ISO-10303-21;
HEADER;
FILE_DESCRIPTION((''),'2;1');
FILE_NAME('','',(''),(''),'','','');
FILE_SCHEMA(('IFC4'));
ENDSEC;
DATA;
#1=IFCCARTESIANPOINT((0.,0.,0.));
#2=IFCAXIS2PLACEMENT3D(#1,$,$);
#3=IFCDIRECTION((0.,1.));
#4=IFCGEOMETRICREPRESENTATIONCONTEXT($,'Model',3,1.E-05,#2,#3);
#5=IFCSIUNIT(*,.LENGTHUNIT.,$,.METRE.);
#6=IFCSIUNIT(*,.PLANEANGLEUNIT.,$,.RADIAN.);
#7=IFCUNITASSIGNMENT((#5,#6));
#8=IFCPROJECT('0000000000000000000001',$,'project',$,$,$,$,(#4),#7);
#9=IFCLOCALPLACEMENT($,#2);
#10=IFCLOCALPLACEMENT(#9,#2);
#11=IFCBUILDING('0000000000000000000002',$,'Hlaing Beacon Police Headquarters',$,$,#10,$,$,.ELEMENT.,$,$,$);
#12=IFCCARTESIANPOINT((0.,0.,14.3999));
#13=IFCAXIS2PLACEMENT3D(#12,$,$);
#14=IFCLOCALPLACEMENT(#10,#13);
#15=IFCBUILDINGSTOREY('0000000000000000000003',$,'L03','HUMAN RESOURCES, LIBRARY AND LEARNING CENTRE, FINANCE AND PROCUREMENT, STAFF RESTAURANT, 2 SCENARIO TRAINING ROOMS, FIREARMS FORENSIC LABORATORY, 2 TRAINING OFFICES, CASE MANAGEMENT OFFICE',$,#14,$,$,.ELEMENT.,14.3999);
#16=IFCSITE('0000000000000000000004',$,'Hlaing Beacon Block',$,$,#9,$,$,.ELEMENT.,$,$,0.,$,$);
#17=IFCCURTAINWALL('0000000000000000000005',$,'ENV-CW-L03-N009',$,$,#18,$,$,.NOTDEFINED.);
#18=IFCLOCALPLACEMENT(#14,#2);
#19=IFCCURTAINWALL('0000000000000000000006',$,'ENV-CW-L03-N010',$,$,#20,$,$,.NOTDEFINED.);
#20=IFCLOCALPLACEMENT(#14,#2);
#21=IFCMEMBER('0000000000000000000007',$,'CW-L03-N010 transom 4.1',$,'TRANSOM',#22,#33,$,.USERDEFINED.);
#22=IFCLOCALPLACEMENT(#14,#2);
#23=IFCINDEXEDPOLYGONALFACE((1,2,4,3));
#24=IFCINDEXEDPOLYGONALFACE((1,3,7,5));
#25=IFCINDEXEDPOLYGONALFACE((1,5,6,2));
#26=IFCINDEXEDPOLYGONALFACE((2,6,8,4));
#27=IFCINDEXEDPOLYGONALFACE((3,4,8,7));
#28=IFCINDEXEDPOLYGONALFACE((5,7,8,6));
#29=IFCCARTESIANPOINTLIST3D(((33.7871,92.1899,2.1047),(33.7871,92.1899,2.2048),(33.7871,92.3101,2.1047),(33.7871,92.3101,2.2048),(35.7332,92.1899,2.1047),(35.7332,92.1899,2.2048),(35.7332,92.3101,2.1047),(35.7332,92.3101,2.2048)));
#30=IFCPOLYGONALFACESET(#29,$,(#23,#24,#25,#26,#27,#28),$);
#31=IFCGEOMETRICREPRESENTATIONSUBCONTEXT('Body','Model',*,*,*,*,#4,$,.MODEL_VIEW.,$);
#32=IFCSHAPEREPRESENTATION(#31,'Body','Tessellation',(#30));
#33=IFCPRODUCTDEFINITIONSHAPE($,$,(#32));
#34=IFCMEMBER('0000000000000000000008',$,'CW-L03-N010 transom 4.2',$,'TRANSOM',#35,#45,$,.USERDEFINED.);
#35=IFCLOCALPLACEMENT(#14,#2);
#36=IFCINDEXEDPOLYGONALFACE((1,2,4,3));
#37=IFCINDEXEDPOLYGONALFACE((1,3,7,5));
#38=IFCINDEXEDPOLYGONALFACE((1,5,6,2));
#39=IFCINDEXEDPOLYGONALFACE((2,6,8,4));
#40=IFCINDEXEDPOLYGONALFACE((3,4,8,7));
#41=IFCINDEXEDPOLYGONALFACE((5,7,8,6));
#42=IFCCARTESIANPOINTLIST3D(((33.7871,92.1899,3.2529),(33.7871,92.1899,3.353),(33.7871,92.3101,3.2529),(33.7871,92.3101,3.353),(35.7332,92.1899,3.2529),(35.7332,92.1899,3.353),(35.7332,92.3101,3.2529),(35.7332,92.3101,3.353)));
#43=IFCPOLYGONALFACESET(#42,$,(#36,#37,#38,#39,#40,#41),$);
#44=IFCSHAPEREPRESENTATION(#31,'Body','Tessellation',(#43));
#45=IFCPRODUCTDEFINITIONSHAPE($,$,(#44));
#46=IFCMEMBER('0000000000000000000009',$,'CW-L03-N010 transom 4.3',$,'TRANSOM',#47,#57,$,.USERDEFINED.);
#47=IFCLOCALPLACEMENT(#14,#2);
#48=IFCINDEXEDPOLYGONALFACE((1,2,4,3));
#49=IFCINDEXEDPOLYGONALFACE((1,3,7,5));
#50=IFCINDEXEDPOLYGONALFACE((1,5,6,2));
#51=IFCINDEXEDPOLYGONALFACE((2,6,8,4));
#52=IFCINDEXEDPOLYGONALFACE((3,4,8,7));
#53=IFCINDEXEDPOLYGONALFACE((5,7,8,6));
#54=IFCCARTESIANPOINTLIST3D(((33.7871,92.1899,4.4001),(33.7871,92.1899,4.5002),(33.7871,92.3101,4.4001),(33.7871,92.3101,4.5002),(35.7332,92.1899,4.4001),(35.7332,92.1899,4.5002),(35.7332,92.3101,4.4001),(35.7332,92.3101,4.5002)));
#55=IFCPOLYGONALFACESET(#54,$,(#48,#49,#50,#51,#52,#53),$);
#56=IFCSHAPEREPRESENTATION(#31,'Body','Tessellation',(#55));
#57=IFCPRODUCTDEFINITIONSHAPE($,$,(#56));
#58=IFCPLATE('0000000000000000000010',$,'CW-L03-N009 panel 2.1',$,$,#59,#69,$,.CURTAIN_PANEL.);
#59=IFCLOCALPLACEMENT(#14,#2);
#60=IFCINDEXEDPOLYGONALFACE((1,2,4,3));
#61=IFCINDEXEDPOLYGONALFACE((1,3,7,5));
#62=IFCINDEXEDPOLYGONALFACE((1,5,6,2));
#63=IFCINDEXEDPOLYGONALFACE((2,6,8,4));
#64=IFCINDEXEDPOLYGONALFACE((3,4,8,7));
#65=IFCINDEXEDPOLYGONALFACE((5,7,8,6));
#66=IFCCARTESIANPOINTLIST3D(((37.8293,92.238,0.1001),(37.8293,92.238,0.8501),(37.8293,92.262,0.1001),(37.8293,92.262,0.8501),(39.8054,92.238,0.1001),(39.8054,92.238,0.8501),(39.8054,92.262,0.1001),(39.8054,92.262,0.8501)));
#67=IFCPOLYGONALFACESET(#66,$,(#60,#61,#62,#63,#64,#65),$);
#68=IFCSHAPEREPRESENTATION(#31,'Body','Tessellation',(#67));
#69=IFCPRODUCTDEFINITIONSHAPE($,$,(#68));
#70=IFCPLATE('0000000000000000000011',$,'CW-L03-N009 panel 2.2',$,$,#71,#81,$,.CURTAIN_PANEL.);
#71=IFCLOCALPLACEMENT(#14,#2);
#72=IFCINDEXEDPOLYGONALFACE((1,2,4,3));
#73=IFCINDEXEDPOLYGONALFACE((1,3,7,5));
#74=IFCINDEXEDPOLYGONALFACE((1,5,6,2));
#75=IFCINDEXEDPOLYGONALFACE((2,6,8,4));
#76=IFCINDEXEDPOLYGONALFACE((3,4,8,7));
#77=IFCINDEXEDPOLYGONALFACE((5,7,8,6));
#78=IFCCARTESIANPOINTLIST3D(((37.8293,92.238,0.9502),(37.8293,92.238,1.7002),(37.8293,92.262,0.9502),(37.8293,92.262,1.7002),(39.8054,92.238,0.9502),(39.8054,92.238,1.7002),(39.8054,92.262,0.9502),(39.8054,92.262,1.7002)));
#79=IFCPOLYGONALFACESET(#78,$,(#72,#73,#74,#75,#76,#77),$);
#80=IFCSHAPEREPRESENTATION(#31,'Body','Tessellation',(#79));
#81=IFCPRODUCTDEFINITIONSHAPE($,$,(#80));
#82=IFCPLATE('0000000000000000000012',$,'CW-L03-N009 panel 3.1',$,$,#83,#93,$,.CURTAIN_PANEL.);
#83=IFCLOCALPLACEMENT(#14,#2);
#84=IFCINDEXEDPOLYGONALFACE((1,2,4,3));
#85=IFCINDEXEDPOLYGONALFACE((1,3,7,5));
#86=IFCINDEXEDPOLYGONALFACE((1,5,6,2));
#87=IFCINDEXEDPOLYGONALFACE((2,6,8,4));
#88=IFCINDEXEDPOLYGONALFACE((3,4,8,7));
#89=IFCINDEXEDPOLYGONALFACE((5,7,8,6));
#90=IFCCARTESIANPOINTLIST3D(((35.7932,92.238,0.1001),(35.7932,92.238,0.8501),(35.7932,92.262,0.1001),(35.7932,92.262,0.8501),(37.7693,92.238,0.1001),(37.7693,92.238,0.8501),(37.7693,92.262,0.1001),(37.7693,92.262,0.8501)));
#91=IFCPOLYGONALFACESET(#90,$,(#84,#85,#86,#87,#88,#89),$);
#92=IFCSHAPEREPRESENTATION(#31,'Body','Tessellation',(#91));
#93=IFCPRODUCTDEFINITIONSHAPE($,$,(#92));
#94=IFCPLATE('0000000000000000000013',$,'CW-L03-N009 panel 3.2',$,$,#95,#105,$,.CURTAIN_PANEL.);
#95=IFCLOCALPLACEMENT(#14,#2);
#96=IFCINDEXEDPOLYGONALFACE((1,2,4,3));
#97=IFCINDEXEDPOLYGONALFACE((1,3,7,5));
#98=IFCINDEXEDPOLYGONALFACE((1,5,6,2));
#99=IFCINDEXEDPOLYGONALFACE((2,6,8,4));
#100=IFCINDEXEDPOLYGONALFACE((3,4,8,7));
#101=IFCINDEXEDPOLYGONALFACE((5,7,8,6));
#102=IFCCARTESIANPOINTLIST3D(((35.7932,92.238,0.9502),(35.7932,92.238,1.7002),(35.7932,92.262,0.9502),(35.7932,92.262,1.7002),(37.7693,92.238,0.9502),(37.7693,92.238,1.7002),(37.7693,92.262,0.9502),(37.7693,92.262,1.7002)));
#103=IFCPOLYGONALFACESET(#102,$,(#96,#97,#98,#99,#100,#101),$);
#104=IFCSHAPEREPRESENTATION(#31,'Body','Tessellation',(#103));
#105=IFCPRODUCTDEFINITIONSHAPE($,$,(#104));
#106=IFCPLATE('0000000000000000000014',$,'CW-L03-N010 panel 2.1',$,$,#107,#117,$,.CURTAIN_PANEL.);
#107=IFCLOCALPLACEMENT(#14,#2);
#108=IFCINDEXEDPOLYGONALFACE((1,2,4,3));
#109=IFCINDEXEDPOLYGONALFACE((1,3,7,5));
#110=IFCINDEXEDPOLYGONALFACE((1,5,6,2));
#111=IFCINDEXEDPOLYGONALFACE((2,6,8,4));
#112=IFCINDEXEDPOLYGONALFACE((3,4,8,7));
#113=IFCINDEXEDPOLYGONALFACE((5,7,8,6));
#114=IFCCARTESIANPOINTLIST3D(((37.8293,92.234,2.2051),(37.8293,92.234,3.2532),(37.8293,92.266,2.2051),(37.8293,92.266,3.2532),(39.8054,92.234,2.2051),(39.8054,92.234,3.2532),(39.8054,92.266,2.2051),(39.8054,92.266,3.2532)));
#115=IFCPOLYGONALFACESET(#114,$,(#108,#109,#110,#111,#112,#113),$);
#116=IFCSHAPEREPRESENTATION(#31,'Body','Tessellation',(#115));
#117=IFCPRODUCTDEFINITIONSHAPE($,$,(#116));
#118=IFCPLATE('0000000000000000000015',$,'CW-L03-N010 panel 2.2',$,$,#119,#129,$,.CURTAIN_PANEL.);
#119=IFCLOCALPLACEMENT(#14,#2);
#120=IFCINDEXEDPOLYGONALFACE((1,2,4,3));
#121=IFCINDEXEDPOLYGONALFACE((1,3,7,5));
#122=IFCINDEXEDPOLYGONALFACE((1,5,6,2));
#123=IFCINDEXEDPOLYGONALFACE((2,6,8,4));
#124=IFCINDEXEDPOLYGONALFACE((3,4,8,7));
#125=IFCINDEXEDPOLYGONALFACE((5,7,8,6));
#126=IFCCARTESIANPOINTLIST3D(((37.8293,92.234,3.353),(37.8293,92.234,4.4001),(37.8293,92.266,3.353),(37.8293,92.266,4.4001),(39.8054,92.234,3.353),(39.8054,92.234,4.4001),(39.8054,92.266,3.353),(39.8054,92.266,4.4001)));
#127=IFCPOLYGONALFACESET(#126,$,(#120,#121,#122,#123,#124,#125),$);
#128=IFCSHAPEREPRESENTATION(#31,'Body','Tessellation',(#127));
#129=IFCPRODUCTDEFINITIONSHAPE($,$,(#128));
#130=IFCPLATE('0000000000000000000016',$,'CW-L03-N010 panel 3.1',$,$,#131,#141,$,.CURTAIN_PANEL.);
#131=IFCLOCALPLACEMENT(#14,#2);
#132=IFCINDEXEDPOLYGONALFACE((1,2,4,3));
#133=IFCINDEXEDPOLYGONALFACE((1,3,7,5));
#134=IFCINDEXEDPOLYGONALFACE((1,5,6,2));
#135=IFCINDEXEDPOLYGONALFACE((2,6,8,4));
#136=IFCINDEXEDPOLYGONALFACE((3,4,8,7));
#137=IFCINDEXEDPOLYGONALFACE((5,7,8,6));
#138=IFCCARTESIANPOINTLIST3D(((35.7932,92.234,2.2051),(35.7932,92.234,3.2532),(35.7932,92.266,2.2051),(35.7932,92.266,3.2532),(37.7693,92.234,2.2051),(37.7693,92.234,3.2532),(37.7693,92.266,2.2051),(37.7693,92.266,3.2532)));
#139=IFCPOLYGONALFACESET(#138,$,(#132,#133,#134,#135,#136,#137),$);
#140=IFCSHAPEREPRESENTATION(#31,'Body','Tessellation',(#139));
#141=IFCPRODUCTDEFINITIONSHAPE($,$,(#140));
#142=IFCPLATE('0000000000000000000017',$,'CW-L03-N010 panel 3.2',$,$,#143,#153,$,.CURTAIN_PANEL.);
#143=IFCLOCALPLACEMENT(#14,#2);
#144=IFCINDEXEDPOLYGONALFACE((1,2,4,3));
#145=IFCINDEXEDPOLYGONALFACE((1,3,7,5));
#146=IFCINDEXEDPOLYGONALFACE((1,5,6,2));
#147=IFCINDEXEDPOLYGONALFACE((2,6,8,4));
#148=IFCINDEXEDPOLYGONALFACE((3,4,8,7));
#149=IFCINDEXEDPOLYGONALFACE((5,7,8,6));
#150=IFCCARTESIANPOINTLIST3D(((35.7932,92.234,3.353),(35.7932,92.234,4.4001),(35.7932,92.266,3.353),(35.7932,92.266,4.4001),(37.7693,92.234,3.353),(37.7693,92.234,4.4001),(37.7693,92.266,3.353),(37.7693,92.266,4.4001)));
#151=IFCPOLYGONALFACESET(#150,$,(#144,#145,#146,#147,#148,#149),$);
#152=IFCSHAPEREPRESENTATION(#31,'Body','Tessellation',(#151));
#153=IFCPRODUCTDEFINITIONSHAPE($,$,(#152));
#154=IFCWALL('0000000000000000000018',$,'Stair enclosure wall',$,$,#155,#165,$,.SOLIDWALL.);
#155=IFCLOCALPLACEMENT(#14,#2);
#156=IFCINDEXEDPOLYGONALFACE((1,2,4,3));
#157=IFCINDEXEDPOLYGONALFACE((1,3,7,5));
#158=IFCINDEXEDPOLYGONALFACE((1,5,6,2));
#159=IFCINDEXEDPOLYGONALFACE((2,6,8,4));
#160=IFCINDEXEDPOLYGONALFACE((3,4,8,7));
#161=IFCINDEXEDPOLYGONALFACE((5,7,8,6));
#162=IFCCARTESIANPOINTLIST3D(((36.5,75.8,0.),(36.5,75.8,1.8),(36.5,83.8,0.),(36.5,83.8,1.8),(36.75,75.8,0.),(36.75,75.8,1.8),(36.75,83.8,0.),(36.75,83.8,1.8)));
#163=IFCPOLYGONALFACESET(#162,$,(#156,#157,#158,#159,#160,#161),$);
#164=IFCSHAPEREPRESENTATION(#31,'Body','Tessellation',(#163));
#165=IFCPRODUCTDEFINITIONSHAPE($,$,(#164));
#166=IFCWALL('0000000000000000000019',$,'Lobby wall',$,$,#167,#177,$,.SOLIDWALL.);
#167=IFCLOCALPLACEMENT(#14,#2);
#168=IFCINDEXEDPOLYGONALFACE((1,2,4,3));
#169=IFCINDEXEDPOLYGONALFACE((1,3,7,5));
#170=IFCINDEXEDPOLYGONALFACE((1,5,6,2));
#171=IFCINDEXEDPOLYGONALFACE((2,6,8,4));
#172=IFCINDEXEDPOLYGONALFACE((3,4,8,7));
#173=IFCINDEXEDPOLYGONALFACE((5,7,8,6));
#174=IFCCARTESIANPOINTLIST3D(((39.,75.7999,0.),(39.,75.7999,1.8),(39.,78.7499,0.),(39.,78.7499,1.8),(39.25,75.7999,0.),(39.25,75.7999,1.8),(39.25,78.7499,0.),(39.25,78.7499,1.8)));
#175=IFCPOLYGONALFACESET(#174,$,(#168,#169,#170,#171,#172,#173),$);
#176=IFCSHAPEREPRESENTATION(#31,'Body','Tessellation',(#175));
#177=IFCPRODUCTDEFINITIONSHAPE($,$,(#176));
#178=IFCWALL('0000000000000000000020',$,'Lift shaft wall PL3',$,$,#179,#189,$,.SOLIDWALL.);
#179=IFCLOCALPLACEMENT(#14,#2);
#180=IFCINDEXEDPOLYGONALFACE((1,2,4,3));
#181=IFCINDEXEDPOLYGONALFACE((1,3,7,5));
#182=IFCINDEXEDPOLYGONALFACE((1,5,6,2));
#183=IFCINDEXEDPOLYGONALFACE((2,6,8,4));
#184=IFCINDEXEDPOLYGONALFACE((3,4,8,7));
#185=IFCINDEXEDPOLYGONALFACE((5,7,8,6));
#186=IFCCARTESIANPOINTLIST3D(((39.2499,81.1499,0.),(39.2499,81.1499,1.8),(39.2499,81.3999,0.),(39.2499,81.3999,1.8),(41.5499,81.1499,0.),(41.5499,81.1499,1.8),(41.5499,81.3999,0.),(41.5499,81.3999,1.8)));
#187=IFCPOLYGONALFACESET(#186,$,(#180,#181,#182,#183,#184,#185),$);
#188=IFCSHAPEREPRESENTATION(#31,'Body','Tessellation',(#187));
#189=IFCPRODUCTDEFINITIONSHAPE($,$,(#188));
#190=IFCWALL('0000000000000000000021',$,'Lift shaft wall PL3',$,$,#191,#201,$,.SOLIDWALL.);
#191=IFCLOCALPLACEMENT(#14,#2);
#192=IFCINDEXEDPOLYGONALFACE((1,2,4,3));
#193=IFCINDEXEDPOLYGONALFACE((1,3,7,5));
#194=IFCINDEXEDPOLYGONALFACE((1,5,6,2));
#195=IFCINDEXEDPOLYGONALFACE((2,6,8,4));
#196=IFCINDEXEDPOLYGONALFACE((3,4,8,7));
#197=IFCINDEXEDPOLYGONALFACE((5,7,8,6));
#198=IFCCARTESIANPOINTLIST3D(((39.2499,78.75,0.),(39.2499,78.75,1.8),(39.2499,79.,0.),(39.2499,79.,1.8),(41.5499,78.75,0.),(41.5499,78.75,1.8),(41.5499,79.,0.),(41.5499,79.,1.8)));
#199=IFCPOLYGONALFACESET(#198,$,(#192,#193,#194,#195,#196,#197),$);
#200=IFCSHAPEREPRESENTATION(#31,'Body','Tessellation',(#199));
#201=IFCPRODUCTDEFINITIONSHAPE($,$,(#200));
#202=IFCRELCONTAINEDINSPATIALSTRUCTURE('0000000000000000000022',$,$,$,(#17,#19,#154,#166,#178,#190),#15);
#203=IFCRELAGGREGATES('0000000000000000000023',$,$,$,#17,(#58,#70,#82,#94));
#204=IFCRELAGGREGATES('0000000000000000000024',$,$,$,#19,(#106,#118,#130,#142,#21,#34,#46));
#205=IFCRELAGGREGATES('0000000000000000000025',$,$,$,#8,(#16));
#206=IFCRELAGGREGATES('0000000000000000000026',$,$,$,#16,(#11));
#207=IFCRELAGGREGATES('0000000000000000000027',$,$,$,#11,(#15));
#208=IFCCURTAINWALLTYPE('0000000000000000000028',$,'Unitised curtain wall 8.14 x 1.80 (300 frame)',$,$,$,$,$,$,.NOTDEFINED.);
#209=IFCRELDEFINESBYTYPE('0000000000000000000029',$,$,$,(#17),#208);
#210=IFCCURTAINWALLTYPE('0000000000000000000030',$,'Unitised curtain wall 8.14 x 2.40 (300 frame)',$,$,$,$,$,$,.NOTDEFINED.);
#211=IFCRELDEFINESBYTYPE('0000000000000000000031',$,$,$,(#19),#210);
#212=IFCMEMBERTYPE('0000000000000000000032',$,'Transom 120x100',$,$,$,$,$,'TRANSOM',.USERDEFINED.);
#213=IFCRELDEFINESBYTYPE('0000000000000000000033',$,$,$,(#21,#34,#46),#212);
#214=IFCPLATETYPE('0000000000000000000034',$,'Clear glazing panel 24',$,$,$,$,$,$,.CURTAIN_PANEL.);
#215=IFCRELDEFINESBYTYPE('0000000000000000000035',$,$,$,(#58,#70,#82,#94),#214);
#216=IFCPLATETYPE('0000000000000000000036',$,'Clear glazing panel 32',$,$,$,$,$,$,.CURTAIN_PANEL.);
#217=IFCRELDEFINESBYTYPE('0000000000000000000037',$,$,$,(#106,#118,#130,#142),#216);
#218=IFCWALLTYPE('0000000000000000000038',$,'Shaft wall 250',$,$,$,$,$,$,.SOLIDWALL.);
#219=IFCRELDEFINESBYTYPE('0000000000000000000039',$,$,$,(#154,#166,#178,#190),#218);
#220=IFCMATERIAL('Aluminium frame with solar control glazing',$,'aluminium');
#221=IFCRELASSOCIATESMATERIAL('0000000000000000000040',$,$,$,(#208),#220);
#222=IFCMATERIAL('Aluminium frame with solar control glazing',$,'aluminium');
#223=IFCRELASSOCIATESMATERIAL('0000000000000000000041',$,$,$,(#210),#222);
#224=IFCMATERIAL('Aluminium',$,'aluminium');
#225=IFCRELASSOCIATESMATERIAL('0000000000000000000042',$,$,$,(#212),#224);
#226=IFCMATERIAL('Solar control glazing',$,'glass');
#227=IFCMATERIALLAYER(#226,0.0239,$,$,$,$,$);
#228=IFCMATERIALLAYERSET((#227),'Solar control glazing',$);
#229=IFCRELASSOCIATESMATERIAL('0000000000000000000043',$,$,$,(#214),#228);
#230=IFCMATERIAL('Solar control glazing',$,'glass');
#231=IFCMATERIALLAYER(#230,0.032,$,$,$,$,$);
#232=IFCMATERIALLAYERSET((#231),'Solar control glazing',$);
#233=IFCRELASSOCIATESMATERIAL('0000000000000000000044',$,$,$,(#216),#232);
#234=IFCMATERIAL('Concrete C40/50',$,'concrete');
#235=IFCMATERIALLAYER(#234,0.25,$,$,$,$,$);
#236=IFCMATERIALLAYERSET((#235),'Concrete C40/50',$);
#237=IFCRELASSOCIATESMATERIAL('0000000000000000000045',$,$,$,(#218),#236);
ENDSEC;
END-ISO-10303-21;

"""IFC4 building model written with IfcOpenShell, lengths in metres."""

from ifc_helpers import new_model, si_unit, direction, frame, frame_2d, origin, origin_2d, place, context, subcontext, project, spatial, rectangle, extrude, material, layer, layer_set, material_profile, profile_set, type_object, element, aggregate, save


model = new_model("IFC4")

# Units and contexts
model_context = context("Model", 3, precision=1e-05, world=origin(), true_north=direction((0.0, 1.0)))
body_context = subcontext(model_context, "Body", "Model", "MODEL_VIEW")
ifc_project = project(units=[si_unit("LENGTHUNIT", "METRE"), si_unit("PLANEANGLEUNIT", "RADIAN")], contexts=[model_context])

# Site, building, storey
site_placement = place(None, origin())
site = spatial("IfcSite", under=ifc_project, at=site_placement, Name="Hlaing Beacon Block", CompositionType="ELEMENT", RefElevation=0.0)
building_placement = place(site_placement, origin())
building = spatial("IfcBuilding", under=site, at=building_placement, Name="Hlaing Beacon Police Headquarters", CompositionType="ELEMENT")
storey_placement = place(building_placement, frame((0.0, 0.0, 14.3999)))
storey = spatial("IfcBuildingStorey", under=building, at=storey_placement, Name="L03", Description="HUMAN RESOURCES, LIBRARY AND LEARNING CENTRE, FINANCE AND PROCUREMENT, STAFF RESTAURANT, 2 SCENARIO TRAINING ROOMS, FIREARMS FORENSIC LABORATORY, 2 TRAINING OFFICES, CASE MANAGEMENT OFFICE", CompositionType="ELEMENT", Elevation=14.3999)

# Curtain walls
ifc_material_1 = material(Name="Aluminium frame with solar control glazing", Category="aluminium")
curtain_wall_type_1 = type_object("IfcCurtainWallType", Name="Unitised curtain wall 8.14 x 1.80 (300 frame)", PredefinedType="NOTDEFINED", material=ifc_material_1)
curtain_wall_1_placement = place(storey_placement, origin())
curtain_wall_1 = element("IfcCurtainWall", 1, at=curtain_wall_1_placement, inside=storey, type_object=curtain_wall_type_1, Name="ENV-CW-L03-N009", PredefinedType="NOTDEFINED")
ifc_material_2 = material(Name="Aluminium frame with solar control glazing", Category="aluminium")
curtain_wall_type_2 = type_object("IfcCurtainWallType", Name="Unitised curtain wall 8.14 x 2.40 (300 frame)", PredefinedType="NOTDEFINED", material=ifc_material_2)
curtain_wall_2_placement = place(storey_placement, origin())
curtain_wall_2 = element("IfcCurtainWall", 2, at=curtain_wall_2_placement, inside=storey, type_object=curtain_wall_type_2, Name="ENV-CW-L03-N010", PredefinedType="NOTDEFINED")

# Members
ifc_material_3 = material(Name="Aluminium", Category="aluminium")
ifc_material_profile_1 = material_profile(ifc_material_3, rectangle(XDim=0.1201, YDim=0.1001, at=origin_2d()), Name="Transom 120x100")
ifc_profile_set_1 = profile_set([ifc_material_profile_1], Name="Aluminium")
member_type_1 = type_object("IfcMemberType", Name="Transom 120x100", ElementType="TRANSOM", PredefinedType="USERDEFINED", material=ifc_profile_set_1)
member_1_placement = place(storey_placement, frame((35.7332, 92.25, 2.1548), z_axis=(-1.0, 0.0, 0.0), x_axis=(0.0, -1.0, 0.0)))
member_1 = element("IfcMember", 3, at=member_1_placement, type_object=member_type_1, Name="CW-L03-N010 transom 4.1", ObjectType="TRANSOM", PredefinedType="USERDEFINED", context=body_context, shape_type="SweptSolid", body=[
    extrude(rectangle(XDim=0.1201, YDim=0.1001, at=origin_2d()), origin(), (0.0, 0.0, 1.0), 1.946),
])
member_2_placement = place(storey_placement, frame((35.7332, 92.25, 3.303), z_axis=(-1.0, 0.0, 0.0), x_axis=(0.0, -1.0, 0.0)))
member_2 = element("IfcMember", 4, at=member_2_placement, type_object=member_type_1, Name="CW-L03-N010 transom 4.2", ObjectType="TRANSOM", PredefinedType="USERDEFINED", context=body_context, shape_type="SweptSolid", body=[
    extrude(rectangle(XDim=0.1201, YDim=0.1001, at=origin_2d()), origin(), (0.0, 0.0, 1.0), 1.946),
])
member_3_placement = place(storey_placement, frame((35.7332, 92.25, 4.4502), z_axis=(-1.0, 0.0, 0.0), x_axis=(0.0, -1.0, 0.0)))
member_3 = element("IfcMember", 5, at=member_3_placement, type_object=member_type_1, Name="CW-L03-N010 transom 4.3", ObjectType="TRANSOM", PredefinedType="USERDEFINED", context=body_context, shape_type="SweptSolid", body=[
    extrude(rectangle(XDim=0.1201, YDim=0.1001, at=origin_2d()), origin(), (0.0, 0.0, 1.0), 1.946),
])

# Plates
ifc_material_4 = material(Name="Solar control glazing", Category="glass")
ifc_layer_1 = layer(ifc_material_4, 0.0239)
ifc_layer_set_1 = layer_set([ifc_layer_1], Name="Solar control glazing")
plate_type_1 = type_object("IfcPlateType", Name="Clear glazing panel 24", PredefinedType="CURTAIN_PANEL", material=ifc_layer_set_1)
plate_1_placement = place(storey_placement, frame((38.8174, 92.25, 0.1001), z_axis=(0.0, 0.0, 1.0), x_axis=(-1.0, 0.0, 0.0)))
plate_1 = element("IfcPlate", 6, at=plate_1_placement, type_object=plate_type_1, Name="CW-L03-N009 panel 2.1", PredefinedType="CURTAIN_PANEL", context=body_context, shape_type="SweptSolid", body=[
    extrude(rectangle(XDim=1.9761, YDim=0.0239, at=origin_2d()), origin(), (0.0, 0.0, 1.0), 0.75),
])
plate_2_placement = place(storey_placement, frame((38.8174, 92.25, 0.9502), z_axis=(0.0, 0.0, 1.0), x_axis=(-1.0, 0.0, 0.0)))
plate_2 = element("IfcPlate", 7, at=plate_2_placement, type_object=plate_type_1, Name="CW-L03-N009 panel 2.2", PredefinedType="CURTAIN_PANEL", context=body_context, shape_type="SweptSolid", body=[
    extrude(rectangle(XDim=1.9761, YDim=0.0239, at=origin_2d()), origin(), (0.0, 0.0, 1.0), 0.75),
])
plate_3_placement = place(storey_placement, frame((36.7812, 92.25, 0.1001), z_axis=(0.0, 0.0, 1.0), x_axis=(-1.0, 0.0, 0.0)))
plate_3 = element("IfcPlate", 8, at=plate_3_placement, type_object=plate_type_1, Name="CW-L03-N009 panel 3.1", PredefinedType="CURTAIN_PANEL", context=body_context, shape_type="SweptSolid", body=[
    extrude(rectangle(XDim=1.9761, YDim=0.0239, at=origin_2d()), origin(), (0.0, 0.0, 1.0), 0.75),
])
plate_4_placement = place(storey_placement, frame((36.7812, 92.25, 0.9502), z_axis=(0.0, 0.0, 1.0), x_axis=(-1.0, 0.0, 0.0)))
plate_4 = element("IfcPlate", 9, at=plate_4_placement, type_object=plate_type_1, Name="CW-L03-N009 panel 3.2", PredefinedType="CURTAIN_PANEL", context=body_context, shape_type="SweptSolid", body=[
    extrude(rectangle(XDim=1.9761, YDim=0.0239, at=origin_2d()), origin(), (0.0, 0.0, 1.0), 0.75),
])
aggregate(curtain_wall_1, [plate_1, plate_2, plate_3, plate_4])
ifc_material_5 = material(Name="Solar control glazing", Category="glass")
ifc_layer_2 = layer(ifc_material_5, 0.032)
ifc_layer_set_2 = layer_set([ifc_layer_2], Name="Solar control glazing")
plate_type_2 = type_object("IfcPlateType", Name="Clear glazing panel 32", PredefinedType="CURTAIN_PANEL", material=ifc_layer_set_2)
plate_5_placement = place(storey_placement, frame((38.8174, 92.25, 2.2051), z_axis=(0.0, 0.0, 1.0), x_axis=(-1.0, 0.0, 0.0)))
plate_5 = element("IfcPlate", 10, at=plate_5_placement, type_object=plate_type_2, Name="CW-L03-N010 panel 2.1", PredefinedType="CURTAIN_PANEL", context=body_context, shape_type="SweptSolid", body=[
    extrude(rectangle(XDim=1.9761, YDim=0.032, at=origin_2d()), origin(), (0.0, 0.0, 1.0), 1.0481),
])
plate_6_placement = place(storey_placement, frame((38.8174, 92.25, 3.353), z_axis=(0.0, 0.0, 1.0), x_axis=(-1.0, 0.0, 0.0)))
plate_6 = element("IfcPlate", 11, at=plate_6_placement, type_object=plate_type_2, Name="CW-L03-N010 panel 2.2", PredefinedType="CURTAIN_PANEL", context=body_context, shape_type="SweptSolid", body=[
    extrude(rectangle(XDim=1.9761, YDim=0.032, at=origin_2d()), origin(), (0.0, 0.0, 1.0), 1.0471),
])
plate_7_placement = place(storey_placement, frame((36.7812, 92.25, 2.2051), z_axis=(0.0, 0.0, 1.0), x_axis=(-1.0, 0.0, 0.0)))
plate_7 = element("IfcPlate", 12, at=plate_7_placement, type_object=plate_type_2, Name="CW-L03-N010 panel 3.1", PredefinedType="CURTAIN_PANEL", context=body_context, shape_type="SweptSolid", body=[
    extrude(rectangle(XDim=1.9761, YDim=0.032, at=origin_2d()), origin(), (0.0, 0.0, 1.0), 1.0481),
])
plate_8_placement = place(storey_placement, frame((36.7812, 92.25, 3.353), z_axis=(0.0, 0.0, 1.0), x_axis=(-1.0, 0.0, 0.0)))
plate_8 = element("IfcPlate", 13, at=plate_8_placement, type_object=plate_type_2, Name="CW-L03-N010 panel 3.2", PredefinedType="CURTAIN_PANEL", context=body_context, shape_type="SweptSolid", body=[
    extrude(rectangle(XDim=1.9761, YDim=0.032, at=origin_2d()), origin(), (0.0, 0.0, 1.0), 1.0471),
])
aggregate(curtain_wall_2, [plate_5, plate_6, plate_7, plate_8, member_1, member_2, member_3])

# Walls
ifc_material_6 = material(Name="Concrete C40/50", Category="concrete")
ifc_layer_3 = layer(ifc_material_6, 0.25)
ifc_layer_set_3 = layer_set([ifc_layer_3], Name="Concrete C40/50")
wall_type = type_object("IfcWallType", Name="Shaft wall 250", PredefinedType="SOLIDWALL", material=ifc_layer_set_3)
wall_1_placement = place(storey_placement, frame((36.625, 83.8, 0.0), z_axis=(0.0, 0.0, 1.0), x_axis=(0.0, -1.0, 0.0)))
element("IfcWall", 14, at=wall_1_placement, inside=storey, type_object=wall_type, Name="Stair enclosure wall", PredefinedType="SOLIDWALL", context=body_context, shape_type="SweptSolid", body=[
    extrude(rectangle(XDim=8.0, YDim=0.25, at=frame_2d((4.0, 0.0))), origin(), (0.0, 0.0, 1.0), 1.8),
])
wall_2_placement = place(storey_placement, frame((39.125, 78.75, 0.0), z_axis=(0.0, 0.0, 1.0), x_axis=(0.0, -1.0, 0.0)))
element("IfcWall", 15, at=wall_2_placement, inside=storey, type_object=wall_type, Name="Lobby wall", PredefinedType="SOLIDWALL", context=body_context, shape_type="SweptSolid", body=[
    extrude(rectangle(XDim=2.95, YDim=0.25, at=frame_2d((1.4751, 0.0))), origin(), (0.0, 0.0, 1.0), 1.8),
])
for number, where, z_axis, x_axis, name in (
    (16, (39.25, 81.2749, 0.0), (0.0, 0.0, 1.0), (1.0, 0.0, 0.0), "Lift shaft wall PL3"),
    (17, (39.25, 78.875, 0.0), (0.0, 0.0, 1.0), (1.0, 0.0, 0.0), "Lift shaft wall PL3"),
):
    element("IfcWall", number, at=place(storey_placement, frame(where, z_axis=z_axis, x_axis=x_axis)), inside=storey, type_object=wall_type, Name=name, PredefinedType="SOLIDWALL", context=body_context, shape_type="SweptSolid", body=[
        extrude(rectangle(XDim=2.3, YDim=0.25, at=frame_2d((1.1499, 0.0))), origin(), (0.0, 0.0, 1.0), 1.8),
    ])

save(model, "model.ifc")
